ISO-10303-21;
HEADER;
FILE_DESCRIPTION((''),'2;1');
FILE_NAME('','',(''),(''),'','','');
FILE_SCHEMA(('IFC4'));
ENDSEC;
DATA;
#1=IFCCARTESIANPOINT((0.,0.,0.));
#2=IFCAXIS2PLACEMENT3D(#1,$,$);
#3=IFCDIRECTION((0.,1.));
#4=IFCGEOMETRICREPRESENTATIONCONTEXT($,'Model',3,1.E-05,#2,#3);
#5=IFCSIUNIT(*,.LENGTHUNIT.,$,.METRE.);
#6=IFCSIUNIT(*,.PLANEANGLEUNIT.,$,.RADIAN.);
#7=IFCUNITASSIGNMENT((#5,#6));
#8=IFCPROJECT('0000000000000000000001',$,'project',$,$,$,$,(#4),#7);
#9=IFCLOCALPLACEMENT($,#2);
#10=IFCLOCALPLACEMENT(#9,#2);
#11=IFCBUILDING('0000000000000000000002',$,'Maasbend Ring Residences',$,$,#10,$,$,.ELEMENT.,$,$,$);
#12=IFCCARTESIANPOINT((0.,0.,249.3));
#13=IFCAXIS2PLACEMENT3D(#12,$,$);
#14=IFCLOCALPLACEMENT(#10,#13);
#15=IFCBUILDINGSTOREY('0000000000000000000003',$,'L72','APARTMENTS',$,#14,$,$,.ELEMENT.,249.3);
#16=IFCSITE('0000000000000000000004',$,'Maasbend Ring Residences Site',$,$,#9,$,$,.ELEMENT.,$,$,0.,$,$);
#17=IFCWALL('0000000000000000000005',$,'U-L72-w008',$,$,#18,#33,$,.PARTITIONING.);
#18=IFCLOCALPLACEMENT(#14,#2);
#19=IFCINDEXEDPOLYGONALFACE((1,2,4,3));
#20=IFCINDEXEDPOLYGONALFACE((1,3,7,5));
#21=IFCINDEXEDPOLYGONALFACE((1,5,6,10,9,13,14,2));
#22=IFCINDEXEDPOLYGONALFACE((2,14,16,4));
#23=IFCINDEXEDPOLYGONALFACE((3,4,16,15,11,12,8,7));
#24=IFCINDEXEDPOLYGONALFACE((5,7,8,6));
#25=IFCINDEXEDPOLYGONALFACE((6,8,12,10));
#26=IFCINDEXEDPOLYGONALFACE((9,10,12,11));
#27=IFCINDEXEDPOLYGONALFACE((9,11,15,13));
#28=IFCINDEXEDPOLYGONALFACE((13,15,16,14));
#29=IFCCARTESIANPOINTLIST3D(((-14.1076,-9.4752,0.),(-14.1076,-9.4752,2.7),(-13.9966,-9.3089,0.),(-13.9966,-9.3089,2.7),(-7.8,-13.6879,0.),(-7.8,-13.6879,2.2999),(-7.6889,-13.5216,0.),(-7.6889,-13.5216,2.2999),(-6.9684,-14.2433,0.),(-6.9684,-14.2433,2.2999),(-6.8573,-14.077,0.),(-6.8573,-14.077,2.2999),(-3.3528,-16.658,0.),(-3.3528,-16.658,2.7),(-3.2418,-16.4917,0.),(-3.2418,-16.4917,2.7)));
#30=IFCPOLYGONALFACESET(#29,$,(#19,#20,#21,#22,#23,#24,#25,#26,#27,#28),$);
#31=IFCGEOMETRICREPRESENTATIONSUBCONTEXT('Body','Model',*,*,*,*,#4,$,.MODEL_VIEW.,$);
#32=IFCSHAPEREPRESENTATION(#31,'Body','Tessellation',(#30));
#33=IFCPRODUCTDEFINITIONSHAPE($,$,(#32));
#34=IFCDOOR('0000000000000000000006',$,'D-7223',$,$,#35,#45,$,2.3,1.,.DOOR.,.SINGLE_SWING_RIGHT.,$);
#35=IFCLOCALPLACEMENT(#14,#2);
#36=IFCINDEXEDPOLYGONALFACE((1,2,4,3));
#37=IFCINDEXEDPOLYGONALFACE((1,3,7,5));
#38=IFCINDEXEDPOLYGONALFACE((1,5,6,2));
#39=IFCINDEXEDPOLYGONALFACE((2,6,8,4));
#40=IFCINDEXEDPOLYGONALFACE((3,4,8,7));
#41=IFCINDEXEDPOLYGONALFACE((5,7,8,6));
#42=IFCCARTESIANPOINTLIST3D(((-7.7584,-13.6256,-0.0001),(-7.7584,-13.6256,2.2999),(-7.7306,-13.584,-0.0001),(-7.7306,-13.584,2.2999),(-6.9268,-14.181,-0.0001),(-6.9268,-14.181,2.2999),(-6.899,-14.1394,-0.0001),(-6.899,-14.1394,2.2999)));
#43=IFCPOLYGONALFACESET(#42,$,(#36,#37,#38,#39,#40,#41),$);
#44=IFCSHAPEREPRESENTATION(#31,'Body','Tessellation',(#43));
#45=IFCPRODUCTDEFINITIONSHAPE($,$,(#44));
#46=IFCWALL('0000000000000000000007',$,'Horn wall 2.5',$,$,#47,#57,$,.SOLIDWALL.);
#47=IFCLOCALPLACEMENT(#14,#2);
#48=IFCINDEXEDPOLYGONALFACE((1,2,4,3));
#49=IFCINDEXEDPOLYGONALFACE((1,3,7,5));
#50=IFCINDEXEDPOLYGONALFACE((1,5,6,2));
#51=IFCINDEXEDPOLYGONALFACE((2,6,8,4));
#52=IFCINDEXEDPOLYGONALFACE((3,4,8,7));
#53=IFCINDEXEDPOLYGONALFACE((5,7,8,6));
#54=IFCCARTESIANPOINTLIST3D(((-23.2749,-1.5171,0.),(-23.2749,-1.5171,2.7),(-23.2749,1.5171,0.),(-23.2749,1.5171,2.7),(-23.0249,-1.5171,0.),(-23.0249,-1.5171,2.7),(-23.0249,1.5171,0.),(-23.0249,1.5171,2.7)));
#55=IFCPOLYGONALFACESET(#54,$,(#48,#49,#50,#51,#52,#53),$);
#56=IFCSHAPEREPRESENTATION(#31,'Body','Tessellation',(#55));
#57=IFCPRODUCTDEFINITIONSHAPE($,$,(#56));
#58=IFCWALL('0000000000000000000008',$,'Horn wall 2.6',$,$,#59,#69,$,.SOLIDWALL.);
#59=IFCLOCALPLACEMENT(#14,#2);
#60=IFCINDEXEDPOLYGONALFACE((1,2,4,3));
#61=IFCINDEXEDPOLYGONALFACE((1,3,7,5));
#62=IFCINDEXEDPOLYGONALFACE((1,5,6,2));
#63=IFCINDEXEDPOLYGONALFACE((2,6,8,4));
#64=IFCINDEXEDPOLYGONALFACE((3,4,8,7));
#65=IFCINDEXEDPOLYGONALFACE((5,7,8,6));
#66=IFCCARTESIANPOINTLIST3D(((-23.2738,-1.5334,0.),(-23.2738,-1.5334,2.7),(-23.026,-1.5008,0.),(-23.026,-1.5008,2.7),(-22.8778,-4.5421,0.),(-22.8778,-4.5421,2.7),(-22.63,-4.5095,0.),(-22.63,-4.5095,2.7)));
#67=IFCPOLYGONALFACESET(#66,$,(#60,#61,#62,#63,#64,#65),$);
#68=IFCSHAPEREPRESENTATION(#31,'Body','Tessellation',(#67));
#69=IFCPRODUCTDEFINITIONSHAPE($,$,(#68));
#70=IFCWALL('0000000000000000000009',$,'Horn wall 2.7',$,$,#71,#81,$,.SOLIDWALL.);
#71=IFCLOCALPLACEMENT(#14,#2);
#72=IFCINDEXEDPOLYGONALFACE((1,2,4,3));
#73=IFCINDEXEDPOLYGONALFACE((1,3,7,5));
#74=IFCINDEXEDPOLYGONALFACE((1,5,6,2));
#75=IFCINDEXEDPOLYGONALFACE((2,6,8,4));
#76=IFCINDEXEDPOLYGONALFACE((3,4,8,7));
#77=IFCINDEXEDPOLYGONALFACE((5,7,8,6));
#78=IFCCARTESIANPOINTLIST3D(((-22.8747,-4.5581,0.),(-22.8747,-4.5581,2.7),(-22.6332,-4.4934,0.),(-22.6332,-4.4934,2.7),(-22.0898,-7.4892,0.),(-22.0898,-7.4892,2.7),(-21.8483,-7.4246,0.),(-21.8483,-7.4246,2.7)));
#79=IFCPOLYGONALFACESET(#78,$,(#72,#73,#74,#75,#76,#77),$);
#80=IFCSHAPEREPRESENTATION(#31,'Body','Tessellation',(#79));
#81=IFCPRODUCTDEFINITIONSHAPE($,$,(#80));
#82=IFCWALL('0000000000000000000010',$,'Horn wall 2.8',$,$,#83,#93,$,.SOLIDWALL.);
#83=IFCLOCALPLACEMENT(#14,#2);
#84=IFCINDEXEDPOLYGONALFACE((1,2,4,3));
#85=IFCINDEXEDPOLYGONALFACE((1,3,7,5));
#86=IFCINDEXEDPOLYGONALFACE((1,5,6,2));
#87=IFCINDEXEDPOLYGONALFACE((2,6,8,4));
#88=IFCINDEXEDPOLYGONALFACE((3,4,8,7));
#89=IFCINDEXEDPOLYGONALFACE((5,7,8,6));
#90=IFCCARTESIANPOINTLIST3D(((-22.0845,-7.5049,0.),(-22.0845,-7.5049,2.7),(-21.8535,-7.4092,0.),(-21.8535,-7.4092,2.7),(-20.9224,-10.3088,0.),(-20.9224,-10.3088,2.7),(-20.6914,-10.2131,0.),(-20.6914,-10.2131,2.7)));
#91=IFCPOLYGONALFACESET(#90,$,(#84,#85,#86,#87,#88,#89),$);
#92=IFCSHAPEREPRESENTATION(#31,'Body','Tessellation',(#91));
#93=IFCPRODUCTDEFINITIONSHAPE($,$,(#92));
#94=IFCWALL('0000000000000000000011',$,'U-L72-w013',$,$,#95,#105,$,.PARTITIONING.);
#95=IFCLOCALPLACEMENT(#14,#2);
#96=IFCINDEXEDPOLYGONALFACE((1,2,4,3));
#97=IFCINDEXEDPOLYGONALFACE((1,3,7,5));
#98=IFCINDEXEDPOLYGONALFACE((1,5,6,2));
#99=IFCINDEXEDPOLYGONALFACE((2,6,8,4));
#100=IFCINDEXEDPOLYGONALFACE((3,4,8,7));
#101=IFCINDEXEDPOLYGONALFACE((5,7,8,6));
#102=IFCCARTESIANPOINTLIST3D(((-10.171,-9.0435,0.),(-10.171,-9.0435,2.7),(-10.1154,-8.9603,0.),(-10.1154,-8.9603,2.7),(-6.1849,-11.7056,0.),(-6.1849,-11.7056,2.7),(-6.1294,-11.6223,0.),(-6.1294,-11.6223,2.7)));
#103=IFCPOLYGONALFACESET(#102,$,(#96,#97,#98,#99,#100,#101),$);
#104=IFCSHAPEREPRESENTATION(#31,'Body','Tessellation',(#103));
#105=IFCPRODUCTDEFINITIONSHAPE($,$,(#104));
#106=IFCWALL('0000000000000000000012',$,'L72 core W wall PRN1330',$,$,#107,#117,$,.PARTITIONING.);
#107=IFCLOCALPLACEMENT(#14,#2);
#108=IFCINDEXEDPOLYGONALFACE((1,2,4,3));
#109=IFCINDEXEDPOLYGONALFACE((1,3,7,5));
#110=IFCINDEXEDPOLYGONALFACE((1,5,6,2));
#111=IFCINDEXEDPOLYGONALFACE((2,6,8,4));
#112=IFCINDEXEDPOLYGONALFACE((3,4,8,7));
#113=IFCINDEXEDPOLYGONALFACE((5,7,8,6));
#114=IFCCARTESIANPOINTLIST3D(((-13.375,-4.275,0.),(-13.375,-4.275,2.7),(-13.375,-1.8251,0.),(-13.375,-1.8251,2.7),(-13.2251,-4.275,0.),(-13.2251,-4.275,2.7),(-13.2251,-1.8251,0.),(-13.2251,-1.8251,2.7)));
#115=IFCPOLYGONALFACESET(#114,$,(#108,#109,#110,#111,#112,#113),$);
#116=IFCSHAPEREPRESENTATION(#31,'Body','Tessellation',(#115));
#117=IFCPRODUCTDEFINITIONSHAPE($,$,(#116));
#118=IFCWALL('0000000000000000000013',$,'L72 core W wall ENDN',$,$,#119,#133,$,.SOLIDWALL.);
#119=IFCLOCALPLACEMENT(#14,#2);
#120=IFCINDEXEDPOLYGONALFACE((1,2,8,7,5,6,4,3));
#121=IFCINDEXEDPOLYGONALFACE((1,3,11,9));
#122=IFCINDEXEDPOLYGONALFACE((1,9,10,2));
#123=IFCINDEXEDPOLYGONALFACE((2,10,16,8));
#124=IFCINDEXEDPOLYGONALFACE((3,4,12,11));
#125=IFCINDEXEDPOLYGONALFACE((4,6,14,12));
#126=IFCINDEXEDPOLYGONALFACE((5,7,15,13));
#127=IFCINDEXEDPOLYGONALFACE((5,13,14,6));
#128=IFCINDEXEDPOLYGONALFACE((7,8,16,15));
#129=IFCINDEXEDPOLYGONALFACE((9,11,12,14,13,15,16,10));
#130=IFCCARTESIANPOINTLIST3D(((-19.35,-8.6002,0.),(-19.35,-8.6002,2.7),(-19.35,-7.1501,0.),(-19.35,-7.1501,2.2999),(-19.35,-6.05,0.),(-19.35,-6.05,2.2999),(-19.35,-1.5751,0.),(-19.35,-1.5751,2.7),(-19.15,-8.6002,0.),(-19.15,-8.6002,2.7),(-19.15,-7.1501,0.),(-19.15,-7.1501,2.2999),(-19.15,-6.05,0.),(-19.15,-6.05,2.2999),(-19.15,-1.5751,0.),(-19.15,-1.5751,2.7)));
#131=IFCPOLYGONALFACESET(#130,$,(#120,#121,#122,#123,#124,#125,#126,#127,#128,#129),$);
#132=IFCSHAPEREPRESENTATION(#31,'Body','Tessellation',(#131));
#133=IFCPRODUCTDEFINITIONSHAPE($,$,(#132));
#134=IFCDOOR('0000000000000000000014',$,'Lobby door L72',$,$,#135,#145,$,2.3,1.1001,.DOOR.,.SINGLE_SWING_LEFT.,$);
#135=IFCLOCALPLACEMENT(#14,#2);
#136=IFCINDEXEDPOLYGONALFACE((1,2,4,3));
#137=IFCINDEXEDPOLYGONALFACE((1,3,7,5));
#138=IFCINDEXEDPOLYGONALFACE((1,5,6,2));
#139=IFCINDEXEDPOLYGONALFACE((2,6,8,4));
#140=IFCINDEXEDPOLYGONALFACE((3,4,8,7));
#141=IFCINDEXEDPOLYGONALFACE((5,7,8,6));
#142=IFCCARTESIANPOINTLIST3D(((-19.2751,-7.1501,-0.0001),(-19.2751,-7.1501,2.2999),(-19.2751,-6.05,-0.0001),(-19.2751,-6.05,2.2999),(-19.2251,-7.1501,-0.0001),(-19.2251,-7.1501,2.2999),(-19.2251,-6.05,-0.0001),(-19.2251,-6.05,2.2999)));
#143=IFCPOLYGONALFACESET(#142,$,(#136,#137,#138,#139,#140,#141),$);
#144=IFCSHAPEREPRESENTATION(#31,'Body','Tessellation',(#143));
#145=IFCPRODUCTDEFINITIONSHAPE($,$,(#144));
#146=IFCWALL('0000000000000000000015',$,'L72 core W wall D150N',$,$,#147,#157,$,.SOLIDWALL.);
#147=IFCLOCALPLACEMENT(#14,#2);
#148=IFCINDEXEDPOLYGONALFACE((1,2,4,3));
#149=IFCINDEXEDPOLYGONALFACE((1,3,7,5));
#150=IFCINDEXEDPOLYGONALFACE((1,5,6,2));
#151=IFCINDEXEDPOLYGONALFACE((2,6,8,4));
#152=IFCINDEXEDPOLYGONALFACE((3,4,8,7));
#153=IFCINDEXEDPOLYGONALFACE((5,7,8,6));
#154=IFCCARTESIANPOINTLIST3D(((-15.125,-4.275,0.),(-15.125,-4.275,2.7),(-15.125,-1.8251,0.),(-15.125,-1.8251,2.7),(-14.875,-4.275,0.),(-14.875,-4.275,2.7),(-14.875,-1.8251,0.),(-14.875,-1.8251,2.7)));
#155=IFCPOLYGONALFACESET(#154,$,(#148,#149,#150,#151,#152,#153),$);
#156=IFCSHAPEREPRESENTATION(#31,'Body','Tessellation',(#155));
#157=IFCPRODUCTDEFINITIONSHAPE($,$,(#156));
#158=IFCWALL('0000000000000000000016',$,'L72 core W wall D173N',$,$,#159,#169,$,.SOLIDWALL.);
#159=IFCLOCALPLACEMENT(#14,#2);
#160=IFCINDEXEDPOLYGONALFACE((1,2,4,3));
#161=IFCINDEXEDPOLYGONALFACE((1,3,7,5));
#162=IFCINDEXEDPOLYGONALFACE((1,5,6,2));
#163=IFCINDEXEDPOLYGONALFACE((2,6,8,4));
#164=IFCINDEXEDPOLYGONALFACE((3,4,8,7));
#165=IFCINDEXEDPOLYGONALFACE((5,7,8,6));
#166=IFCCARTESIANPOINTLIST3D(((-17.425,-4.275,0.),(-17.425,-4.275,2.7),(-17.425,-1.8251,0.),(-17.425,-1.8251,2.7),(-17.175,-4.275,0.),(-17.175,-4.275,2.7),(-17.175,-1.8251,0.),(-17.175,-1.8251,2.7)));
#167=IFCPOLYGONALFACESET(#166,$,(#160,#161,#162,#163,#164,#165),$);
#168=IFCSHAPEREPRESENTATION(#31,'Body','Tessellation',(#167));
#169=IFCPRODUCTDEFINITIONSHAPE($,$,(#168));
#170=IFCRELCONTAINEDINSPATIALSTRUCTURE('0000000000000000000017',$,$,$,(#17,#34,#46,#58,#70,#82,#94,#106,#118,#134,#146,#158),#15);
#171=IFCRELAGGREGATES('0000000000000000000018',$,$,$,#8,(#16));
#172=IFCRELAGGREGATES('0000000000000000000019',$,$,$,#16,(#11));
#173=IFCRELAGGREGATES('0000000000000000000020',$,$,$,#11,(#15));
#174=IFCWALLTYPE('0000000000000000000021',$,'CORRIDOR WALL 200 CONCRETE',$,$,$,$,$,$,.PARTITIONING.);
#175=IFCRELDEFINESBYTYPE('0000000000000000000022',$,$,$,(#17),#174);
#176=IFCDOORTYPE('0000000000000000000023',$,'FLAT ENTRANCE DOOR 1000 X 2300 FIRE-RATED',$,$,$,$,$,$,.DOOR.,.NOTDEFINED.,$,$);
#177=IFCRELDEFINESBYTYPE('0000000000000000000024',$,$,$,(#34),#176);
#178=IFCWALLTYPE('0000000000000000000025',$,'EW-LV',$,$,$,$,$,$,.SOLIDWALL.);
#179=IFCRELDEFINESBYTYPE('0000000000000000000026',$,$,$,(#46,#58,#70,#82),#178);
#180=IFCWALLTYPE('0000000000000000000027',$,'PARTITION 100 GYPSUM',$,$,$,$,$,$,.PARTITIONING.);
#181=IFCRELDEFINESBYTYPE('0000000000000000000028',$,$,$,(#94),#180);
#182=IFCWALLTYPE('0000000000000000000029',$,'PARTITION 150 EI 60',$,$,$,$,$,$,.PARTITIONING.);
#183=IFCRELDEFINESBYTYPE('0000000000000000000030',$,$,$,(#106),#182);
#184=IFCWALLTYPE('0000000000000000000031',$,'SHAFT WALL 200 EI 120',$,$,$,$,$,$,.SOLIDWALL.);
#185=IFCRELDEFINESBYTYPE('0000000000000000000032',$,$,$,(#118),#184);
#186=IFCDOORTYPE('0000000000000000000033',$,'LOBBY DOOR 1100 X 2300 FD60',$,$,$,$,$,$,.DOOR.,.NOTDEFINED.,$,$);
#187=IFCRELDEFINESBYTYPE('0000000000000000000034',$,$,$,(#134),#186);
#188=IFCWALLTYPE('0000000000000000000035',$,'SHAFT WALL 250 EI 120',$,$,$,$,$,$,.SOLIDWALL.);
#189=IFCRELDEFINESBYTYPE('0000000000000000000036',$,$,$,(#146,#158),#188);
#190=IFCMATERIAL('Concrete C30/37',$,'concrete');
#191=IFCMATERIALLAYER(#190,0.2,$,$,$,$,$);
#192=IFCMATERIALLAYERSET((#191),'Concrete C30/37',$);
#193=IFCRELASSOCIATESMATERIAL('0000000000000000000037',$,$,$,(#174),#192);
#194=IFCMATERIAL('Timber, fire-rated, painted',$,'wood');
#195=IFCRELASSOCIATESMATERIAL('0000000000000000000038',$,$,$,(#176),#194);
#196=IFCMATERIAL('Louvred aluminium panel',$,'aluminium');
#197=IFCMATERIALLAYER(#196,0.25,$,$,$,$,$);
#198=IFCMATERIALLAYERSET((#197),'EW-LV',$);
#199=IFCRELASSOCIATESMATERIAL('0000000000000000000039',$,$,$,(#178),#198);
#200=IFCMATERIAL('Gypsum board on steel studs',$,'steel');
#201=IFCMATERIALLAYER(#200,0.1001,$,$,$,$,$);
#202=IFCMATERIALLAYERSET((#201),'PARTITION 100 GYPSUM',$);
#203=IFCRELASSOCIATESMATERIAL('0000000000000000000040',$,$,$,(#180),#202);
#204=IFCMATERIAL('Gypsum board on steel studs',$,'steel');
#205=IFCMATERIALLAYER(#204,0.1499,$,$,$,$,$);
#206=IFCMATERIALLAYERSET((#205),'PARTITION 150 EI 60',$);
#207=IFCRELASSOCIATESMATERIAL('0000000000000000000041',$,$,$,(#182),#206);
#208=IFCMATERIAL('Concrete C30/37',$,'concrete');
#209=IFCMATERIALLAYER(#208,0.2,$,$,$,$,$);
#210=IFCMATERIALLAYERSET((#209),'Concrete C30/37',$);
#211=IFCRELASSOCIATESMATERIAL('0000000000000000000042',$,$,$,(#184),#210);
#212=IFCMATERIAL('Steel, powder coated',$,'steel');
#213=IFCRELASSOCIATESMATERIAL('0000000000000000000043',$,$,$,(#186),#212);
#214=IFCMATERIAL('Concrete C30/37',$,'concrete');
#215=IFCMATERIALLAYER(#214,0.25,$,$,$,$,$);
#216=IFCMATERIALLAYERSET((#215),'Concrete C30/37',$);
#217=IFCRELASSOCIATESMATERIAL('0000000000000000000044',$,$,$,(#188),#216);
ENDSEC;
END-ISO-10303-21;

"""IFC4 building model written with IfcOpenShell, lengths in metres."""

from ifc_helpers import new_model, si_unit, direction, frame, frame_2d, origin, place, context, subcontext, project, spatial, rectangle, extrude, material, layer, layer_set, type_object, element, fill, save


model = new_model("IFC4")

# Units and contexts
model_context = context("Model", 3, precision=1e-05, world=origin(), true_north=direction((0.0, 1.0)))
body_context = subcontext(model_context, "Body", "Model", "MODEL_VIEW")
ifc_project = project(units=[si_unit("LENGTHUNIT", "METRE"), si_unit("PLANEANGLEUNIT", "RADIAN")], contexts=[model_context])

# Site, building, storey
site_placement = place(None, origin())
site = spatial("IfcSite", under=ifc_project, at=site_placement, Name="Maasbend Ring Residences Site", CompositionType="ELEMENT", RefElevation=0.0)
building_placement = place(site_placement, origin())
building = spatial("IfcBuilding", under=site, at=building_placement, Name="Maasbend Ring Residences", CompositionType="ELEMENT")
storey_placement = place(building_placement, frame((0.0, 0.0, 249.3)))
storey = spatial("IfcBuildingStorey", under=building, at=storey_placement, Name="L72", Description="APARTMENTS", CompositionType="ELEMENT", Elevation=249.3)

# Wall, opening, door
ifc_material_1 = material(Name="Concrete C30/37", Category="concrete")
ifc_layer_1 = layer(ifc_material_1, 0.2)
ifc_layer_set_1 = layer_set([ifc_layer_1], Name="Concrete C30/37")
wall_type_1 = type_object("IfcWallType", Name="CORRIDOR WALL 200 CONCRETE", PredefinedType="PARTITIONING", material=ifc_layer_set_1)
wall_1_placement = place(storey_placement, frame((-14.052, -9.3921, 0.0), z_axis=(0.0, 0.0, 1.0), x_axis=(0.831588, -0.555393, 0.0)))
wall_1 = element("IfcWall", 1, at=wall_1_placement, inside=storey, type_object=wall_type_1, Name="U-L72-w008", PredefinedType="PARTITIONING", context=body_context, shape_type="SweptSolid", body=[
    extrude(rectangle(XDim=12.9329, YDim=0.2, at=frame_2d((6.4663, 0.0))), origin(), (0.0, 0.0, 1.0), 2.7),
])
opening_1_placement = place(wall_1_placement, frame((7.585, 0.0, 0.0)))
opening_1 = element("IfcOpeningElement", 2, at=opening_1_placement, cuts=wall_1, PredefinedType="OPENING", context=body_context, shape_type="SweptSolid", body=[
    extrude(rectangle(XDim=1.0, YDim=2.3, at=frame_2d((0.5, 1.1499))), frame((0.0, 0.1099, 0.0), z_axis=(0.0, -1.0, 0.0), x_axis=(1.0, 0.0, 0.0)), (0.0, 0.0, 1.0), 0.22),
])
ifc_material_2 = material(Name="Timber, fire-rated, painted", Category="wood")
door_type_1 = type_object("IfcDoorType", Name="FLAT ENTRANCE DOOR 1000 X 2300 FIRE-RATED", OperationType="NOTDEFINED", PredefinedType="DOOR", material=ifc_material_2)
door_1_placement = place(opening_1_placement, origin())
door_1 = element("IfcDoor", 3, at=door_1_placement, inside=storey, type_object=door_type_1, Name="D-7223", OperationType="SINGLE_SWING_RIGHT", OverallHeight=2.3, OverallWidth=1.0, PredefinedType="DOOR", context=body_context, shape_type="SweptSolid", body=[
    extrude(rectangle(XDim=1.0, YDim=2.3, at=frame_2d((0.5, 1.1499))), frame((0.0, 0.0249, 0.0), z_axis=(0.0, -1.0, 0.0), x_axis=(1.0, 0.0, 0.0)), (0.0, 0.0, 1.0), 0.05),
])
fill(opening_1, door_1)

# Walls
ifc_material_3 = material(Name="Louvred aluminium panel", Category="aluminium")
ifc_layer_2 = layer(ifc_material_3, 0.25)
ifc_layer_set_2 = layer_set([ifc_layer_2], Name="EW-LV")
wall_type_2 = type_object("IfcWallType", Name="EW-LV", PredefinedType="SOLIDWALL", material=ifc_layer_set_2)
wall_2_placement = place(storey_placement, frame((-23.1499, 1.5171, 0.0), z_axis=(0.0, 0.0, 1.0), x_axis=(0.0, -1.0, 0.0)))
element("IfcWall", 4, at=wall_2_placement, inside=storey, type_object=wall_type_2, Name="Horn wall 2.5", PredefinedType="SOLIDWALL", context=body_context, shape_type="SweptSolid", body=[
    extrude(rectangle(XDim=3.0342, YDim=0.25, at=frame_2d((1.5171, 0.0))), origin(), (0.0, 0.0, 1.0), 2.7),
])
wall_3_placement = place(storey_placement, frame((-23.1499, -1.5171, 0.0), z_axis=(0.0, 0.0, 1.0), x_axis=(0.130488, -0.99145, 0.0)))
element("IfcWall", 5, at=wall_3_placement, inside=storey, type_object=wall_type_2, Name="Horn wall 2.6", PredefinedType="SOLIDWALL", context=body_context, shape_type="SweptSolid", body=[
    extrude(rectangle(XDim=3.0347, YDim=0.25, at=frame_2d((1.5173, 0.0))), origin(), (0.0, 0.0, 1.0), 2.7),
])
wall_4_placement = place(storey_placement, frame((-22.7539, -4.5259, 0.0), z_axis=(0.0, 0.0, 1.0), x_axis=(0.258669, -0.965966, 0.0)))
element("IfcWall", 6, at=wall_4_placement, inside=storey, type_object=wall_type_2, Name="Horn wall 2.7", PredefinedType="SOLIDWALL", context=body_context, shape_type="SweptSolid", body=[
    extrude(rectangle(XDim=3.0344, YDim=0.25, at=frame_2d((1.5171, 0.0))), origin(), (0.0, 0.0, 1.0), 2.7),
])
wall_5_placement = place(storey_placement, frame((-21.969, -7.457, 0.0), z_axis=(0.0, 0.0, 1.0), x_axis=(0.382873, -0.923801, 0.0)))
element("IfcWall", 7, at=wall_5_placement, inside=storey, type_object=wall_type_2, Name="Horn wall 2.8", PredefinedType="SOLIDWALL", context=body_context, shape_type="SweptSolid", body=[
    extrude(rectangle(XDim=3.0352, YDim=0.25, at=frame_2d((1.5176, 0.0))), origin(), (0.0, 0.0, 1.0), 2.7),
])
ifc_material_4 = material(Name="Gypsum board on steel studs", Category="steel")
ifc_layer_3 = layer(ifc_material_4, 0.1001)
ifc_layer_set_3 = layer_set([ifc_layer_3], Name="PARTITION 100 GYPSUM")
wall_type_3 = type_object("IfcWallType", Name="PARTITION 100 GYPSUM", PredefinedType="PARTITIONING", material=ifc_layer_set_3)
wall_6_placement = place(storey_placement, frame((-10.1431, -9.002, 0.0), z_axis=(0.0, 0.0, 1.0), x_axis=(0.831596, -0.555382, 0.0)))
element("IfcWall", 8, at=wall_6_placement, inside=storey, type_object=wall_type_3, Name="U-L72-w013", PredefinedType="PARTITIONING", context=body_context, shape_type="SweptSolid", body=[
    extrude(rectangle(XDim=4.7932, YDim=0.1001, at=frame_2d((2.3965, 0.0))), origin(), (0.0, 0.0, 1.0), 2.7),
])
ifc_material_5 = material(Name="Gypsum board on steel studs", Category="steel")
ifc_layer_4 = layer(ifc_material_5, 0.1499)
ifc_layer_set_4 = layer_set([ifc_layer_4], Name="PARTITION 150 EI 60")
wall_type_4 = type_object("IfcWallType", Name="PARTITION 150 EI 60", PredefinedType="PARTITIONING", material=ifc_layer_set_4)
wall_7_placement = place(storey_placement, frame((-13.3, -1.825, 0.0), z_axis=(0.0, 0.0, 1.0), x_axis=(0.0, -1.0, 0.0)))
element("IfcWall", 9, at=wall_7_placement, inside=storey, type_object=wall_type_4, Name="L72 core W wall PRN1330", PredefinedType="PARTITIONING", context=body_context, shape_type="SweptSolid", body=[
    extrude(rectangle(XDim=2.45, YDim=0.1499, at=frame_2d((1.2251, 0.0))), origin(), (0.0, 0.0, 1.0), 2.7),
])

# Wall, opening, door
ifc_material_6 = material(Name="Concrete C30/37", Category="concrete")
ifc_layer_5 = layer(ifc_material_6, 0.2)
ifc_layer_set_5 = layer_set([ifc_layer_5], Name="Concrete C30/37")
wall_type_5 = type_object("IfcWallType", Name="SHAFT WALL 200 EI 120", PredefinedType="SOLIDWALL", material=ifc_layer_set_5)
wall_8_placement = place(storey_placement, frame((-19.25, -1.575, 0.0), z_axis=(0.0, 0.0, 1.0), x_axis=(0.0, -1.0, 0.0)))
wall_8 = element("IfcWall", 10, at=wall_8_placement, inside=storey, type_object=wall_type_5, Name="L72 core W wall ENDN", PredefinedType="SOLIDWALL", context=body_context, shape_type="SweptSolid", body=[
    extrude(rectangle(XDim=7.0251, YDim=0.2, at=frame_2d((3.5127, 0.0))), origin(), (0.0, 0.0, 1.0), 2.7),
])
opening_2_placement = place(wall_8_placement, frame((4.4751, 0.0, 0.0)))
opening_2 = element("IfcOpeningElement", 11, at=opening_2_placement, cuts=wall_8, PredefinedType="OPENING", context=body_context, shape_type="SweptSolid", body=[
    extrude(rectangle(XDim=1.1001, YDim=2.3, at=frame_2d((0.55, 1.1499))), frame((0.0, 0.1099, 0.0), z_axis=(0.0, -1.0, 0.0), x_axis=(1.0, 0.0, 0.0)), (0.0, 0.0, 1.0), 0.22),
])
ifc_material_7 = material(Name="Steel, powder coated", Category="steel")
door_type_2 = type_object("IfcDoorType", Name="LOBBY DOOR 1100 X 2300 FD60", OperationType="NOTDEFINED", PredefinedType="DOOR", material=ifc_material_7)
door_2_placement = place(opening_2_placement, origin())
door_2 = element("IfcDoor", 12, at=door_2_placement, inside=storey, type_object=door_type_2, Name="Lobby door L72", OperationType="SINGLE_SWING_LEFT", OverallHeight=2.3, OverallWidth=1.1001, PredefinedType="DOOR", context=body_context, shape_type="SweptSolid", body=[
    extrude(rectangle(XDim=1.1001, YDim=2.3, at=frame_2d((0.55, 1.1499))), frame((0.0, 0.0249, 0.0), z_axis=(0.0, -1.0, 0.0), x_axis=(1.0, 0.0, 0.0)), (0.0, 0.0, 1.0), 0.05),
])
fill(opening_2, door_2)

# Walls
ifc_material_8 = material(Name="Concrete C30/37", Category="concrete")
ifc_layer_6 = layer(ifc_material_8, 0.25)
ifc_layer_set_6 = layer_set([ifc_layer_6], Name="Concrete C30/37")
wall_type_6 = type_object("IfcWallType", Name="SHAFT WALL 250 EI 120", PredefinedType="SOLIDWALL", material=ifc_layer_set_6)
for number, where, z_axis, x_axis, name in (
    (13, (-15.0, -1.825, 0.0), (0.0, 0.0, 1.0), (0.0, -1.0, 0.0), "L72 core W wall D150N"),
    (14, (-17.3, -1.825, 0.0), (0.0, 0.0, 1.0), (0.0, -1.0, 0.0), "L72 core W wall D173N"),
):
    element("IfcWall", number, at=place(storey_placement, frame(where, z_axis=z_axis, x_axis=x_axis)), inside=storey, type_object=wall_type_6, Name=name, PredefinedType="SOLIDWALL", context=body_context, shape_type="SweptSolid", body=[
        extrude(rectangle(XDim=2.45, YDim=0.25, at=frame_2d((1.2251, 0.0))), origin(), (0.0, 0.0, 1.0), 2.7),
    ])

save(model, "model.ifc")
